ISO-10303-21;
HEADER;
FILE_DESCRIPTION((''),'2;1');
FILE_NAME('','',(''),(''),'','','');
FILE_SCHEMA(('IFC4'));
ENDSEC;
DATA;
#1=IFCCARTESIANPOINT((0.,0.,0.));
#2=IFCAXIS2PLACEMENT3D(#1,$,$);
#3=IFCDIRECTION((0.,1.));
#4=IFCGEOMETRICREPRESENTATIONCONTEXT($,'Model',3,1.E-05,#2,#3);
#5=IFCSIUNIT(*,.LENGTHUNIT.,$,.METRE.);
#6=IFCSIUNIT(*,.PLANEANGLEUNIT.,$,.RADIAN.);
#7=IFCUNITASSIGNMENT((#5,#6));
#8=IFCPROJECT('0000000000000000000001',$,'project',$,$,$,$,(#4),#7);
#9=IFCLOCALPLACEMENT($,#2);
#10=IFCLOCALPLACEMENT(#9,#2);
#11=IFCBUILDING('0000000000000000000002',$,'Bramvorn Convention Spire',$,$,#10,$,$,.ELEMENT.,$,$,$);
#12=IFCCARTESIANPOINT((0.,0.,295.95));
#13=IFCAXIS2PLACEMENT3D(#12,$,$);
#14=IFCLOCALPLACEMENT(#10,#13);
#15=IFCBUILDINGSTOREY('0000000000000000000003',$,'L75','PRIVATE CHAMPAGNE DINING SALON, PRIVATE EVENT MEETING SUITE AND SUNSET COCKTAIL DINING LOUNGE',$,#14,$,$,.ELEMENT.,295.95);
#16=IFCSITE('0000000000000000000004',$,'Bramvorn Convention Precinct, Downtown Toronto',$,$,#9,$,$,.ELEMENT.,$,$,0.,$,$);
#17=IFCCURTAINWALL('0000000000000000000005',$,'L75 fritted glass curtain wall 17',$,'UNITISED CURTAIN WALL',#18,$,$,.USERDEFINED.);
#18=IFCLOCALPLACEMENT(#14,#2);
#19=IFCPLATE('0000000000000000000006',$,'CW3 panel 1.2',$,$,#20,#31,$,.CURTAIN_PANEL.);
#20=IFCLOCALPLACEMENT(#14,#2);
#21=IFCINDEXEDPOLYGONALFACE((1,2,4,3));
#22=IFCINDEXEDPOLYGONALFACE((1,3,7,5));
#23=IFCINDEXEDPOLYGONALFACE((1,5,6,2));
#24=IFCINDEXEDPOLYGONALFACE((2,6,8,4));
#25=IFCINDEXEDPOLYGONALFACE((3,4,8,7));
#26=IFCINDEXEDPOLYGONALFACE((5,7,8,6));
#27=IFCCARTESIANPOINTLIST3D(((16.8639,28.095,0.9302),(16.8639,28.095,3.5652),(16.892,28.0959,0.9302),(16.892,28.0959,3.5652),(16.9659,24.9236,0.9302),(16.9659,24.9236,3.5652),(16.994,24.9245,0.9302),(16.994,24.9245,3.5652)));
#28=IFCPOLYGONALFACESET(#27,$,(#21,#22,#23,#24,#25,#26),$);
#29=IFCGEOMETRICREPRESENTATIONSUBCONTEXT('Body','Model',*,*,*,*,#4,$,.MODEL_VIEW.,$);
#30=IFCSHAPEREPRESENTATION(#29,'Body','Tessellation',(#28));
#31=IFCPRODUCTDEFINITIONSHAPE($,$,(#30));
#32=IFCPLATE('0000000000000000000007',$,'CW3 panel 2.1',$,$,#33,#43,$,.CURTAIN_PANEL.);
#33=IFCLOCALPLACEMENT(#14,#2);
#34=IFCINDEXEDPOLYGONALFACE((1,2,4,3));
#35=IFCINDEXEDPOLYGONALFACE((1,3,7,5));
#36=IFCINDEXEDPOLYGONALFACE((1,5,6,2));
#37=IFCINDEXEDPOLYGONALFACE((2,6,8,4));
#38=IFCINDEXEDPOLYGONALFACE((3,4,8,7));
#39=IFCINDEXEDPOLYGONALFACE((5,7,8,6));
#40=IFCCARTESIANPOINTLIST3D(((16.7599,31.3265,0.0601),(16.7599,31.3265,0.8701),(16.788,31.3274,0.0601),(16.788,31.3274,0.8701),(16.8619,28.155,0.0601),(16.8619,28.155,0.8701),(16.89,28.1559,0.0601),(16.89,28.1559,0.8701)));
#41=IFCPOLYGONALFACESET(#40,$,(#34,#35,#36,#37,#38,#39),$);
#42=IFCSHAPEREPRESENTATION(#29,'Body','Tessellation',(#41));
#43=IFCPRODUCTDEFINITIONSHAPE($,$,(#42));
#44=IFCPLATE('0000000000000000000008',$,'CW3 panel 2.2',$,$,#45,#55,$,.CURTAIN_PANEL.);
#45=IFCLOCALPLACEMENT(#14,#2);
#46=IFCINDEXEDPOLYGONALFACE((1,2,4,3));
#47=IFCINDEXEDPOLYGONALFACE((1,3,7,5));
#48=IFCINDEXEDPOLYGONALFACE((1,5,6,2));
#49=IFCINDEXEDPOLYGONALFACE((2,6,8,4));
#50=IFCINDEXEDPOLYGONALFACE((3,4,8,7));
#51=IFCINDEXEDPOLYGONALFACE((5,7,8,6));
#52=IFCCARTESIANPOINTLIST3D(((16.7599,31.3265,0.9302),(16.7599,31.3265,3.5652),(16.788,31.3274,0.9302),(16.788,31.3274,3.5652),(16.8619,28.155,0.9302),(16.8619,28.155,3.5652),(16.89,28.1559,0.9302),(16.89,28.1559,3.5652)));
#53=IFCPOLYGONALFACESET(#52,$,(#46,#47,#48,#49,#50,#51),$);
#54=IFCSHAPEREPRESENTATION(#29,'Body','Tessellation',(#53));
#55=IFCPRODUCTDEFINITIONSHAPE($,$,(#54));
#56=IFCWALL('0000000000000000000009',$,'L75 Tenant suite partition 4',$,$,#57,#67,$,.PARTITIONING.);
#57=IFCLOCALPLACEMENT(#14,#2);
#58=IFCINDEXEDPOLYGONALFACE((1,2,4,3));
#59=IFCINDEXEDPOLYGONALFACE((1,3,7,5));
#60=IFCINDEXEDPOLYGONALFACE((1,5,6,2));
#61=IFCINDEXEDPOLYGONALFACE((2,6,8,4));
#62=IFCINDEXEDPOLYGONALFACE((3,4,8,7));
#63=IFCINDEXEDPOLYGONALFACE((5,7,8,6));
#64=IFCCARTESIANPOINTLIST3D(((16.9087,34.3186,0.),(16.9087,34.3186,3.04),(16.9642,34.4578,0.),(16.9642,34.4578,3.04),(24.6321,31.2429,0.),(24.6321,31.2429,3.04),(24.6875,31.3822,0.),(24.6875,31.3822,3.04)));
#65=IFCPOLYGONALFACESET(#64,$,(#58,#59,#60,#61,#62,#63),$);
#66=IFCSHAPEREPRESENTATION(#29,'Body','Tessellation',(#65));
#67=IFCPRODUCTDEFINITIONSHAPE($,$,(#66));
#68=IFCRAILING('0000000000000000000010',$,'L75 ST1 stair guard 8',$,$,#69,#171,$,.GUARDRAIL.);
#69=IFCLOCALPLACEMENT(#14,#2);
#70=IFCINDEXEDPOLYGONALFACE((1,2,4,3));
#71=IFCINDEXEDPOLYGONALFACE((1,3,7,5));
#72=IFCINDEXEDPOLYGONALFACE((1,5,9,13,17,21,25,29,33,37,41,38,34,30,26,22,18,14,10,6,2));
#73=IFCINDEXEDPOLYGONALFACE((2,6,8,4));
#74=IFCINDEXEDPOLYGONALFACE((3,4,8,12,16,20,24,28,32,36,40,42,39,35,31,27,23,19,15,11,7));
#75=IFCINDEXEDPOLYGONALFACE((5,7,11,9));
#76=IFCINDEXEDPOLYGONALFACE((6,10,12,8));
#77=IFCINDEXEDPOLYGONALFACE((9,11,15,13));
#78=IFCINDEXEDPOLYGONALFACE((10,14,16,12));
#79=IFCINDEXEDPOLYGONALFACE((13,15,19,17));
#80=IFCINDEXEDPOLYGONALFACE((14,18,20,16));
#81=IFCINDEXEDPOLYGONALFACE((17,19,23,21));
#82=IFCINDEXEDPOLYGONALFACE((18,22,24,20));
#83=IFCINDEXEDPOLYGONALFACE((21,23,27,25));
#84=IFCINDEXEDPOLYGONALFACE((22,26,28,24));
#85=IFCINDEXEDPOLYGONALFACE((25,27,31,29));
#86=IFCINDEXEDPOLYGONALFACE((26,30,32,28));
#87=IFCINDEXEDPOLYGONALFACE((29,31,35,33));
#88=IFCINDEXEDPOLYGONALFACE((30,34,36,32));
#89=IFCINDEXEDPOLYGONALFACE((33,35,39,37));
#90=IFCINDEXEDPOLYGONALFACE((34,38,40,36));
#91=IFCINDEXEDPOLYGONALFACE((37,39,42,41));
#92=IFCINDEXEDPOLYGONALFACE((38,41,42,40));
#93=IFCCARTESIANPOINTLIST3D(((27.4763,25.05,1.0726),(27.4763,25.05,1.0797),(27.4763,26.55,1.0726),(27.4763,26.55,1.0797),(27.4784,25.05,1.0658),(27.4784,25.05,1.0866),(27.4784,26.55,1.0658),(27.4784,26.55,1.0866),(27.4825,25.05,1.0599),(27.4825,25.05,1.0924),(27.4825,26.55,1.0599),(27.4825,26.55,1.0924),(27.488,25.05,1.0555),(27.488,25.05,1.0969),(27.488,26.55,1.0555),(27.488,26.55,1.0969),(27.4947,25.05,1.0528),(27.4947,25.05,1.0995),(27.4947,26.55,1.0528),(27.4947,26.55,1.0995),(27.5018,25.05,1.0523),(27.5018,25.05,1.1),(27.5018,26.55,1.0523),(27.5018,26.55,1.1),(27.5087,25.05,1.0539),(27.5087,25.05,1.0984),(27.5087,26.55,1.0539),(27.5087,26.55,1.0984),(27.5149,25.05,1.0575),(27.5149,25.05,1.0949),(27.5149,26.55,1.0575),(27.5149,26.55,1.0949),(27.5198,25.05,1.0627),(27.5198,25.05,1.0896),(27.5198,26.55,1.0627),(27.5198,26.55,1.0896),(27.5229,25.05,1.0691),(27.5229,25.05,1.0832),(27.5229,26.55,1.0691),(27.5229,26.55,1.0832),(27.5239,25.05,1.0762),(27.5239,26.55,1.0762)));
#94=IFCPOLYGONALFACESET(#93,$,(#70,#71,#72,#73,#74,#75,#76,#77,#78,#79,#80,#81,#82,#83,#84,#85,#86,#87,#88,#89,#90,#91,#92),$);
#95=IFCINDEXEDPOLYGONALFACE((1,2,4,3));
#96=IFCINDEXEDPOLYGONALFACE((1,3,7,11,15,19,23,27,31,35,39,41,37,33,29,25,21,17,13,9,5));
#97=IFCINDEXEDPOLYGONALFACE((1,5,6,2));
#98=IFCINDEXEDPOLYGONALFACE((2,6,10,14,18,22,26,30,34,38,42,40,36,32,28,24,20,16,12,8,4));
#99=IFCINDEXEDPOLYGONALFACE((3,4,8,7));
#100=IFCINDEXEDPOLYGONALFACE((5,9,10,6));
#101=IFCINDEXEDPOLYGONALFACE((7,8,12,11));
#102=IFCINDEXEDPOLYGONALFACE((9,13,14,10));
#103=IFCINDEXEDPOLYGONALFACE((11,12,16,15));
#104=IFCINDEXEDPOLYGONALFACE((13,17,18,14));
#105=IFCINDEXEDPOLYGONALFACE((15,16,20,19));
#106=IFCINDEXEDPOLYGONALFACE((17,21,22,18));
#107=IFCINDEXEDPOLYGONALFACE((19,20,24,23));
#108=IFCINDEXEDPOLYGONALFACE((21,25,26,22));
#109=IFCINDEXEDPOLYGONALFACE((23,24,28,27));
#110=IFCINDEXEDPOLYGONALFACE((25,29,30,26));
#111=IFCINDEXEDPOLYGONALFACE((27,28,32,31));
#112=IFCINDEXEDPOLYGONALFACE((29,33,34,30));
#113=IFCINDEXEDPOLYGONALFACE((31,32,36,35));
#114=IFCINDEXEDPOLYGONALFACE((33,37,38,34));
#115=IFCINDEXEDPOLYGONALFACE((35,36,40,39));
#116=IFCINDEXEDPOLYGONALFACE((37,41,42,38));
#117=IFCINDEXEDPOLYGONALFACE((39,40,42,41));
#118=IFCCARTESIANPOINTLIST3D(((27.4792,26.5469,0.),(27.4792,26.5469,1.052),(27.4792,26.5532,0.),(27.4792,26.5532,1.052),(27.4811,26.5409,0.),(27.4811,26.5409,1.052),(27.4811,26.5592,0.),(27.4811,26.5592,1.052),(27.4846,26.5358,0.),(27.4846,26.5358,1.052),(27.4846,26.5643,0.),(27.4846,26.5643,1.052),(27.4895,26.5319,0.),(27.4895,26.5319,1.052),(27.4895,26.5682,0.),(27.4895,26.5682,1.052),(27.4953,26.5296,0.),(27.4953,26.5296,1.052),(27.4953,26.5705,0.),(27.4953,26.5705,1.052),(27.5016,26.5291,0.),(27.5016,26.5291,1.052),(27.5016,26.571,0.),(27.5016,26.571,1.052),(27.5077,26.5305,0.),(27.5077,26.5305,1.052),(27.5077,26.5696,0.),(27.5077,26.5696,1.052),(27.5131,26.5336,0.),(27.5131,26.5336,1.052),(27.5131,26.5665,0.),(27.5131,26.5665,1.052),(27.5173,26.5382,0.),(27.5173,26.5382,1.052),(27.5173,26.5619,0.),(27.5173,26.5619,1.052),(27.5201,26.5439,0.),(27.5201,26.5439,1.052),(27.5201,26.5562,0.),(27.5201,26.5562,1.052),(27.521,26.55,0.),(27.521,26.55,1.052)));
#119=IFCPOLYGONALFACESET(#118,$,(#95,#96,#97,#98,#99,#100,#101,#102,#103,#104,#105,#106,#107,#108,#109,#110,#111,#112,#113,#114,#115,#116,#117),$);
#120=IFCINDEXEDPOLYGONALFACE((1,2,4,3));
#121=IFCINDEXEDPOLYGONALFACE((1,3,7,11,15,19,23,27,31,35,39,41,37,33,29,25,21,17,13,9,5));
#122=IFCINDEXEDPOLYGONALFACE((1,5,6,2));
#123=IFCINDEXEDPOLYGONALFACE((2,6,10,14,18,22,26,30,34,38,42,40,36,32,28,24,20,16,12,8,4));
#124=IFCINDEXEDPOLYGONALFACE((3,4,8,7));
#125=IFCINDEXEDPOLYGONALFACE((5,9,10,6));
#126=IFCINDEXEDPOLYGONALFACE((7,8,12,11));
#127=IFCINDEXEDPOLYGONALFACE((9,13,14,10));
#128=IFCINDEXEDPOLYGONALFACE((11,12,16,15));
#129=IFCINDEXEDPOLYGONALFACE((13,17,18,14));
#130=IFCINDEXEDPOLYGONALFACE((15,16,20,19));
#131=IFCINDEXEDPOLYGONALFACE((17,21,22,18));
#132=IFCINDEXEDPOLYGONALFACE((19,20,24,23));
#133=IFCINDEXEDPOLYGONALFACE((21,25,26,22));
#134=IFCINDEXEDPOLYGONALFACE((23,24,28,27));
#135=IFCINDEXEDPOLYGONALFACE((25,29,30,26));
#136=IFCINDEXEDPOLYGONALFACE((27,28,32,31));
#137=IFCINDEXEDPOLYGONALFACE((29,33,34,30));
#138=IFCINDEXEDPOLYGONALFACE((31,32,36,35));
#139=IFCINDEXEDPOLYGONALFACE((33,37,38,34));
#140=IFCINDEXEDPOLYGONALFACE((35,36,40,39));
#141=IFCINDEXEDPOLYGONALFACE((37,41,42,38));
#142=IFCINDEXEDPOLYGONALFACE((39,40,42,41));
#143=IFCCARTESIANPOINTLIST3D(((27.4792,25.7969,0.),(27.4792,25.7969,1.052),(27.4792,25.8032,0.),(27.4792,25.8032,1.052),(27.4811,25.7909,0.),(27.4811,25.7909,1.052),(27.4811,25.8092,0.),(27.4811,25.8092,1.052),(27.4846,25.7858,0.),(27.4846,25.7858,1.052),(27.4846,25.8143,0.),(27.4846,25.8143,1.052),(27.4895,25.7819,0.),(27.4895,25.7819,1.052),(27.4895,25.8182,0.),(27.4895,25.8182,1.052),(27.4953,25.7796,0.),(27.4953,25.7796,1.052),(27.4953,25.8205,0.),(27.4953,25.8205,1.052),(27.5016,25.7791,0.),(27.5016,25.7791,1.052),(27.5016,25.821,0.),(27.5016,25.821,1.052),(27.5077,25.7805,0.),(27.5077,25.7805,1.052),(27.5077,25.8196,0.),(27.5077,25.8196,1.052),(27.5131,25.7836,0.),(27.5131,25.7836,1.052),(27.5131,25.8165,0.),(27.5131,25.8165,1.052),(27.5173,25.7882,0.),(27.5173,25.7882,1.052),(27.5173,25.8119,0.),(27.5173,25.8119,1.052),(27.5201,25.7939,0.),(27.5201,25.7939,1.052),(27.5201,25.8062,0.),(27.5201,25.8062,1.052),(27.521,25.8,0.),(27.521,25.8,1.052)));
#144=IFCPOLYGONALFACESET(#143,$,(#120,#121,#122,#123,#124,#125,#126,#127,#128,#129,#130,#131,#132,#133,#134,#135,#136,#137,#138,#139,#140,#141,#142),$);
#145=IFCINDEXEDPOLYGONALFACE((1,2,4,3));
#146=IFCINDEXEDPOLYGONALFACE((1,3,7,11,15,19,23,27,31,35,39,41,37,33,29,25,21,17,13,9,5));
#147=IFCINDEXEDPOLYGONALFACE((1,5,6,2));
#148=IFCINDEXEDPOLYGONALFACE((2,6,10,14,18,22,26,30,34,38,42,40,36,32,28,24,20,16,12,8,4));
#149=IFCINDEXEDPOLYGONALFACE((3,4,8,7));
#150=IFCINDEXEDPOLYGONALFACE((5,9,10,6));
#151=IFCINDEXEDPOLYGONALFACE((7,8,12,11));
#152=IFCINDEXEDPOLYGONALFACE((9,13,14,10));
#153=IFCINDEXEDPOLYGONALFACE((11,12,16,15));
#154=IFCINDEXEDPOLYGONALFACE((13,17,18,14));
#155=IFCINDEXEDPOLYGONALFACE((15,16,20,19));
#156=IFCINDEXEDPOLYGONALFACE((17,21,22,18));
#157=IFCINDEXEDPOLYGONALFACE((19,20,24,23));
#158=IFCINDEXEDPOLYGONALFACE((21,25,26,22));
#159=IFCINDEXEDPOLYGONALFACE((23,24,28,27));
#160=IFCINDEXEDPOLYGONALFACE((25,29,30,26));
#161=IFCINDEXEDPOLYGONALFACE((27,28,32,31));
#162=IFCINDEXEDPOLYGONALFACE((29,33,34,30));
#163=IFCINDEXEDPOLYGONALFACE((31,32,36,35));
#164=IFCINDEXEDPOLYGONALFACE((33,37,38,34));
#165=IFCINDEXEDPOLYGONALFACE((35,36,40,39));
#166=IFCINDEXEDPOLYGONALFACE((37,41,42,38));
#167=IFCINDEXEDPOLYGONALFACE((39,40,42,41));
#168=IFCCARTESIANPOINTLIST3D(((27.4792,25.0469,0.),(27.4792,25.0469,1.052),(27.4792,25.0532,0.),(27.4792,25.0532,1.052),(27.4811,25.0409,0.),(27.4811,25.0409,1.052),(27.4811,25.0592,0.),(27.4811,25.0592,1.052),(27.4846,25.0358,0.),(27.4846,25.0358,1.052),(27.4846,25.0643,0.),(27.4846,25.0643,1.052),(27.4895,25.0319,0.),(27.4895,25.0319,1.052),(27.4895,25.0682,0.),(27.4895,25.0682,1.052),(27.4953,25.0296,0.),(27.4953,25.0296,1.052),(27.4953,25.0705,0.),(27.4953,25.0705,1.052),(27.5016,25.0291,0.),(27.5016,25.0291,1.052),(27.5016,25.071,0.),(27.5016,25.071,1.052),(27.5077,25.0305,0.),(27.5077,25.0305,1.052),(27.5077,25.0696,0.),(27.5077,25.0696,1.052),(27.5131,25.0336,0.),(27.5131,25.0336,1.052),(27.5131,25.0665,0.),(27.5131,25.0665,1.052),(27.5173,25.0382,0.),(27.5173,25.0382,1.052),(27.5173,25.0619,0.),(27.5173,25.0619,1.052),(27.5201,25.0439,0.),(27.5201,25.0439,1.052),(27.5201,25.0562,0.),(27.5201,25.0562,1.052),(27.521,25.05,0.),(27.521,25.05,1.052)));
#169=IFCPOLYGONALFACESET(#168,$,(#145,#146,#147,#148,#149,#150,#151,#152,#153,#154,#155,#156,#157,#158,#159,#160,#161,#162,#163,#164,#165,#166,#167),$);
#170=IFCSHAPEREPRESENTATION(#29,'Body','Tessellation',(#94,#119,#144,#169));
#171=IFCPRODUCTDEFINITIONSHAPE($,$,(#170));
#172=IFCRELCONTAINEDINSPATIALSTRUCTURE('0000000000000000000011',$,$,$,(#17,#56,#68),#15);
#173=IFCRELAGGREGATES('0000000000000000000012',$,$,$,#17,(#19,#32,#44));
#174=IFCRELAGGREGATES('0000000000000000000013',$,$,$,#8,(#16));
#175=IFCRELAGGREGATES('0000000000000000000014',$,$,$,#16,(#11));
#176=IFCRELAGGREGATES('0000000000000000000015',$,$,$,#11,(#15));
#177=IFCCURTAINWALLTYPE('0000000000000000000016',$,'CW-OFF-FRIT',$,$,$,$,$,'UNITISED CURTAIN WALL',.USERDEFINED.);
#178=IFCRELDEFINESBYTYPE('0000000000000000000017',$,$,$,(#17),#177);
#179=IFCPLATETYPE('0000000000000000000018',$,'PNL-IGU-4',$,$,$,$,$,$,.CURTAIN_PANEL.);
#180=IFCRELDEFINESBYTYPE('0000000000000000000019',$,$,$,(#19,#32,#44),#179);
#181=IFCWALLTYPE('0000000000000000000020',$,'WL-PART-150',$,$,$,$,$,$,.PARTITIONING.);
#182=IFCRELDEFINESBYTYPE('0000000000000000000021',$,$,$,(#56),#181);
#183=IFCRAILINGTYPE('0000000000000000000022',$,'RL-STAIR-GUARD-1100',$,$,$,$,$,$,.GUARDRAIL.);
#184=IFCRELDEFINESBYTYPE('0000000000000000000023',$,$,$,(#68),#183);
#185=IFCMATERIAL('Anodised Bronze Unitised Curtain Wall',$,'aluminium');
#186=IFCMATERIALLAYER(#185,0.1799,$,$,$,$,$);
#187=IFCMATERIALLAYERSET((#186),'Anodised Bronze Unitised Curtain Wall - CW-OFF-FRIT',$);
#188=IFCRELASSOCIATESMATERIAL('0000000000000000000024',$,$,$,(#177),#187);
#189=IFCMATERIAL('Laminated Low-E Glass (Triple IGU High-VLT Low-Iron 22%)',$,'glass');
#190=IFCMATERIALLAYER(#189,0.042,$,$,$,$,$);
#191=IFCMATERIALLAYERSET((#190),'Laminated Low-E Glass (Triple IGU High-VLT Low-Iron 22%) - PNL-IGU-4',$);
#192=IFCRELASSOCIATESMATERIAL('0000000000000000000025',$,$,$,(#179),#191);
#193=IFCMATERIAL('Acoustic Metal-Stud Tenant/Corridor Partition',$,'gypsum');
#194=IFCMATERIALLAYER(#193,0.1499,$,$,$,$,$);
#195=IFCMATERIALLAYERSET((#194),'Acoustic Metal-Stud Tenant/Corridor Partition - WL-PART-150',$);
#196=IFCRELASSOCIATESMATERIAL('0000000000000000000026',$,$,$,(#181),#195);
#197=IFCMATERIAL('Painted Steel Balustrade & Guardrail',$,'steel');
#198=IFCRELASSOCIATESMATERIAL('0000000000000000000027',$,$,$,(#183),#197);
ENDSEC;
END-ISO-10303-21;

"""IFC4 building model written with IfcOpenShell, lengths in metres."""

from ifc_helpers import new_model, si_unit, direction, frame, frame_2d, origin, origin_2d, place, context, subcontext, project, spatial, rectangle, circle, extrude, material, layer, layer_set, type_object, element, aggregate, save


model = new_model("IFC4")

# Units and contexts
model_context = context("Model", 3, precision=1e-05, world=origin(), true_north=direction((0.0, 1.0)))
body_context = subcontext(model_context, "Body", "Model", "MODEL_VIEW")
ifc_project = project(units=[si_unit("LENGTHUNIT", "METRE"), si_unit("PLANEANGLEUNIT", "RADIAN")], contexts=[model_context])

# Site, building, storey
site_placement = place(None, origin())
site = spatial("IfcSite", under=ifc_project, at=site_placement, Name="Bramvorn Convention Precinct, Downtown Toronto", CompositionType="ELEMENT", RefElevation=0.0)
building_placement = place(site_placement, origin())
building = spatial("IfcBuilding", under=site, at=building_placement, Name="Bramvorn Convention Spire", CompositionType="ELEMENT")
storey_placement = place(building_placement, frame((0.0, 0.0, 295.95)))
storey = spatial("IfcBuildingStorey", under=building, at=storey_placement, Name="L75", Description="PRIVATE CHAMPAGNE DINING SALON, PRIVATE EVENT MEETING SUITE AND SUNSET COCKTAIL DINING LOUNGE", CompositionType="ELEMENT", Elevation=295.95)

# Curtain wall, plates
ifc_material_1 = material(Name="Anodised Bronze Unitised Curtain Wall", Category="aluminium")
ifc_layer_1 = layer(ifc_material_1, 0.1799)
ifc_layer_set_1 = layer_set([ifc_layer_1], Name="Anodised Bronze Unitised Curtain Wall - CW-OFF-FRIT")
curtain_wall_type = type_object("IfcCurtainWallType", Name="CW-OFF-FRIT", ElementType="UNITISED CURTAIN WALL", PredefinedType="USERDEFINED", material=ifc_layer_set_1)
curtain_wall_placement = place(storey_placement, origin())
curtain_wall = element("IfcCurtainWall", 1, at=curtain_wall_placement, inside=storey, type_object=curtain_wall_type, Name="L75 fritted glass curtain wall 17", ObjectType="UNITISED CURTAIN WALL", PredefinedType="USERDEFINED")
ifc_material_2 = material(Name="Laminated Low-E Glass (Triple IGU High-VLT Low-Iron 22%)", Category="glass")
ifc_layer_2 = layer(ifc_material_2, 0.042)
ifc_layer_set_2 = layer_set([ifc_layer_2], Name="Laminated Low-E Glass (Triple IGU High-VLT Low-Iron 22%) - PNL-IGU-4")
plate_type = type_object("IfcPlateType", Name="PNL-IGU-4", PredefinedType="CURTAIN_PANEL", material=ifc_layer_set_2)
plate_1_placement = place(storey_placement, frame((16.929, 26.5098, 0.9302), z_axis=(0.0, 0.0, 1.0), x_axis=(-0.032147, 0.999483, 0.0)))
plate_1 = element("IfcPlate", 2, at=plate_1_placement, type_object=plate_type, Name="CW3 panel 1.2", PredefinedType="CURTAIN_PANEL", context=body_context, shape_type="SweptSolid", body=[
    extrude(rectangle(XDim=3.1731, YDim=0.0281, at=origin_2d()), origin(), (0.0, 0.0, 1.0), 2.635),
])
plate_2_placement = place(storey_placement, frame((16.825, 29.7412, 0.0601), z_axis=(0.0, 0.0, 1.0), x_axis=(-0.032147, 0.999483, 0.0)))
plate_2 = element("IfcPlate", 3, at=plate_2_placement, type_object=plate_type, Name="CW3 panel 2.1", PredefinedType="CURTAIN_PANEL", context=body_context, shape_type="SweptSolid", body=[
    extrude(rectangle(XDim=3.1731, YDim=0.0281, at=origin_2d()), origin(), (0.0, 0.0, 1.0), 0.8101),
])
plate_3_placement = place(storey_placement, frame((16.825, 29.7412, 0.9302), z_axis=(0.0, 0.0, 1.0), x_axis=(-0.032147, 0.999483, 0.0)))
plate_3 = element("IfcPlate", 4, at=plate_3_placement, type_object=plate_type, Name="CW3 panel 2.2", PredefinedType="CURTAIN_PANEL", context=body_context, shape_type="SweptSolid", body=[
    extrude(rectangle(XDim=3.1731, YDim=0.0281, at=origin_2d()), origin(), (0.0, 0.0, 1.0), 2.635),
])
aggregate(curtain_wall, [plate_1, plate_2, plate_3])

# Wall
ifc_material_3 = material(Name="Acoustic Metal-Stud Tenant/Corridor Partition", Category="gypsum")
ifc_layer_3 = layer(ifc_material_3, 0.1499)
ifc_layer_set_3 = layer_set([ifc_layer_3], Name="Acoustic Metal-Stud Tenant/Corridor Partition - WL-PART-150")
wall_type_1 = type_object("IfcWallType", Name="WL-PART-150", PredefinedType="PARTITIONING", material=ifc_layer_set_3)
wall_1_placement = place(storey_placement, frame((24.6599, 31.3125, 0.0), z_axis=(0.0, 0.0, 1.0), x_axis=(-0.929043, 0.369972, 0.0)))
element("IfcWall", 5, at=wall_1_placement, inside=storey, type_object=wall_type_1, Name="L75 Tenant suite partition 4", PredefinedType="PARTITIONING", context=body_context, shape_type="SweptSolid", body=[
    extrude(rectangle(XDim=8.3132, YDim=0.1499, at=frame_2d((4.1567, 0.0))), origin(), (0.0, 0.0, 1.0), 3.04),
])

# Railing
ifc_material_4 = material(Name="Painted Steel Balustrade & Guardrail", Category="steel")
railing_type = type_object("IfcRailingType", Name="RL-STAIR-GUARD-1100", PredefinedType="GUARDRAIL", material=ifc_material_4)
railing_1_placement = place(storey_placement, frame((27.5, 26.55, 0.0)))
element("IfcRailing", 6, at=railing_1_placement, inside=storey, type_object=railing_type, Name="L75 ST1 stair guard 8", PredefinedType="GUARDRAIL", context=body_context, shape_type="SweptSolid", body=[
    extrude(circle(Radius=0.0239, at=origin_2d()), frame((0.0, 0.0, 1.0762), z_axis=(0.0, -1.0, 0.0), x_axis=(1.0, 0.0, 0.0)), (0.0, 0.0, 1.0), 1.5),
    extrude(circle(Radius=0.021, at=origin_2d()), origin(), (0.0, 0.0, 1.0), 1.052),
    extrude(circle(Radius=0.021, at=origin_2d()), frame((0.0, -0.75, 0.0)), (0.0, 0.0, 1.0), 1.052),
    extrude(circle(Radius=0.021, at=origin_2d()), frame((0.0, -1.5, 0.0)), (0.0, 0.0, 1.0), 1.052),
])

save(model, "model.ifc")
